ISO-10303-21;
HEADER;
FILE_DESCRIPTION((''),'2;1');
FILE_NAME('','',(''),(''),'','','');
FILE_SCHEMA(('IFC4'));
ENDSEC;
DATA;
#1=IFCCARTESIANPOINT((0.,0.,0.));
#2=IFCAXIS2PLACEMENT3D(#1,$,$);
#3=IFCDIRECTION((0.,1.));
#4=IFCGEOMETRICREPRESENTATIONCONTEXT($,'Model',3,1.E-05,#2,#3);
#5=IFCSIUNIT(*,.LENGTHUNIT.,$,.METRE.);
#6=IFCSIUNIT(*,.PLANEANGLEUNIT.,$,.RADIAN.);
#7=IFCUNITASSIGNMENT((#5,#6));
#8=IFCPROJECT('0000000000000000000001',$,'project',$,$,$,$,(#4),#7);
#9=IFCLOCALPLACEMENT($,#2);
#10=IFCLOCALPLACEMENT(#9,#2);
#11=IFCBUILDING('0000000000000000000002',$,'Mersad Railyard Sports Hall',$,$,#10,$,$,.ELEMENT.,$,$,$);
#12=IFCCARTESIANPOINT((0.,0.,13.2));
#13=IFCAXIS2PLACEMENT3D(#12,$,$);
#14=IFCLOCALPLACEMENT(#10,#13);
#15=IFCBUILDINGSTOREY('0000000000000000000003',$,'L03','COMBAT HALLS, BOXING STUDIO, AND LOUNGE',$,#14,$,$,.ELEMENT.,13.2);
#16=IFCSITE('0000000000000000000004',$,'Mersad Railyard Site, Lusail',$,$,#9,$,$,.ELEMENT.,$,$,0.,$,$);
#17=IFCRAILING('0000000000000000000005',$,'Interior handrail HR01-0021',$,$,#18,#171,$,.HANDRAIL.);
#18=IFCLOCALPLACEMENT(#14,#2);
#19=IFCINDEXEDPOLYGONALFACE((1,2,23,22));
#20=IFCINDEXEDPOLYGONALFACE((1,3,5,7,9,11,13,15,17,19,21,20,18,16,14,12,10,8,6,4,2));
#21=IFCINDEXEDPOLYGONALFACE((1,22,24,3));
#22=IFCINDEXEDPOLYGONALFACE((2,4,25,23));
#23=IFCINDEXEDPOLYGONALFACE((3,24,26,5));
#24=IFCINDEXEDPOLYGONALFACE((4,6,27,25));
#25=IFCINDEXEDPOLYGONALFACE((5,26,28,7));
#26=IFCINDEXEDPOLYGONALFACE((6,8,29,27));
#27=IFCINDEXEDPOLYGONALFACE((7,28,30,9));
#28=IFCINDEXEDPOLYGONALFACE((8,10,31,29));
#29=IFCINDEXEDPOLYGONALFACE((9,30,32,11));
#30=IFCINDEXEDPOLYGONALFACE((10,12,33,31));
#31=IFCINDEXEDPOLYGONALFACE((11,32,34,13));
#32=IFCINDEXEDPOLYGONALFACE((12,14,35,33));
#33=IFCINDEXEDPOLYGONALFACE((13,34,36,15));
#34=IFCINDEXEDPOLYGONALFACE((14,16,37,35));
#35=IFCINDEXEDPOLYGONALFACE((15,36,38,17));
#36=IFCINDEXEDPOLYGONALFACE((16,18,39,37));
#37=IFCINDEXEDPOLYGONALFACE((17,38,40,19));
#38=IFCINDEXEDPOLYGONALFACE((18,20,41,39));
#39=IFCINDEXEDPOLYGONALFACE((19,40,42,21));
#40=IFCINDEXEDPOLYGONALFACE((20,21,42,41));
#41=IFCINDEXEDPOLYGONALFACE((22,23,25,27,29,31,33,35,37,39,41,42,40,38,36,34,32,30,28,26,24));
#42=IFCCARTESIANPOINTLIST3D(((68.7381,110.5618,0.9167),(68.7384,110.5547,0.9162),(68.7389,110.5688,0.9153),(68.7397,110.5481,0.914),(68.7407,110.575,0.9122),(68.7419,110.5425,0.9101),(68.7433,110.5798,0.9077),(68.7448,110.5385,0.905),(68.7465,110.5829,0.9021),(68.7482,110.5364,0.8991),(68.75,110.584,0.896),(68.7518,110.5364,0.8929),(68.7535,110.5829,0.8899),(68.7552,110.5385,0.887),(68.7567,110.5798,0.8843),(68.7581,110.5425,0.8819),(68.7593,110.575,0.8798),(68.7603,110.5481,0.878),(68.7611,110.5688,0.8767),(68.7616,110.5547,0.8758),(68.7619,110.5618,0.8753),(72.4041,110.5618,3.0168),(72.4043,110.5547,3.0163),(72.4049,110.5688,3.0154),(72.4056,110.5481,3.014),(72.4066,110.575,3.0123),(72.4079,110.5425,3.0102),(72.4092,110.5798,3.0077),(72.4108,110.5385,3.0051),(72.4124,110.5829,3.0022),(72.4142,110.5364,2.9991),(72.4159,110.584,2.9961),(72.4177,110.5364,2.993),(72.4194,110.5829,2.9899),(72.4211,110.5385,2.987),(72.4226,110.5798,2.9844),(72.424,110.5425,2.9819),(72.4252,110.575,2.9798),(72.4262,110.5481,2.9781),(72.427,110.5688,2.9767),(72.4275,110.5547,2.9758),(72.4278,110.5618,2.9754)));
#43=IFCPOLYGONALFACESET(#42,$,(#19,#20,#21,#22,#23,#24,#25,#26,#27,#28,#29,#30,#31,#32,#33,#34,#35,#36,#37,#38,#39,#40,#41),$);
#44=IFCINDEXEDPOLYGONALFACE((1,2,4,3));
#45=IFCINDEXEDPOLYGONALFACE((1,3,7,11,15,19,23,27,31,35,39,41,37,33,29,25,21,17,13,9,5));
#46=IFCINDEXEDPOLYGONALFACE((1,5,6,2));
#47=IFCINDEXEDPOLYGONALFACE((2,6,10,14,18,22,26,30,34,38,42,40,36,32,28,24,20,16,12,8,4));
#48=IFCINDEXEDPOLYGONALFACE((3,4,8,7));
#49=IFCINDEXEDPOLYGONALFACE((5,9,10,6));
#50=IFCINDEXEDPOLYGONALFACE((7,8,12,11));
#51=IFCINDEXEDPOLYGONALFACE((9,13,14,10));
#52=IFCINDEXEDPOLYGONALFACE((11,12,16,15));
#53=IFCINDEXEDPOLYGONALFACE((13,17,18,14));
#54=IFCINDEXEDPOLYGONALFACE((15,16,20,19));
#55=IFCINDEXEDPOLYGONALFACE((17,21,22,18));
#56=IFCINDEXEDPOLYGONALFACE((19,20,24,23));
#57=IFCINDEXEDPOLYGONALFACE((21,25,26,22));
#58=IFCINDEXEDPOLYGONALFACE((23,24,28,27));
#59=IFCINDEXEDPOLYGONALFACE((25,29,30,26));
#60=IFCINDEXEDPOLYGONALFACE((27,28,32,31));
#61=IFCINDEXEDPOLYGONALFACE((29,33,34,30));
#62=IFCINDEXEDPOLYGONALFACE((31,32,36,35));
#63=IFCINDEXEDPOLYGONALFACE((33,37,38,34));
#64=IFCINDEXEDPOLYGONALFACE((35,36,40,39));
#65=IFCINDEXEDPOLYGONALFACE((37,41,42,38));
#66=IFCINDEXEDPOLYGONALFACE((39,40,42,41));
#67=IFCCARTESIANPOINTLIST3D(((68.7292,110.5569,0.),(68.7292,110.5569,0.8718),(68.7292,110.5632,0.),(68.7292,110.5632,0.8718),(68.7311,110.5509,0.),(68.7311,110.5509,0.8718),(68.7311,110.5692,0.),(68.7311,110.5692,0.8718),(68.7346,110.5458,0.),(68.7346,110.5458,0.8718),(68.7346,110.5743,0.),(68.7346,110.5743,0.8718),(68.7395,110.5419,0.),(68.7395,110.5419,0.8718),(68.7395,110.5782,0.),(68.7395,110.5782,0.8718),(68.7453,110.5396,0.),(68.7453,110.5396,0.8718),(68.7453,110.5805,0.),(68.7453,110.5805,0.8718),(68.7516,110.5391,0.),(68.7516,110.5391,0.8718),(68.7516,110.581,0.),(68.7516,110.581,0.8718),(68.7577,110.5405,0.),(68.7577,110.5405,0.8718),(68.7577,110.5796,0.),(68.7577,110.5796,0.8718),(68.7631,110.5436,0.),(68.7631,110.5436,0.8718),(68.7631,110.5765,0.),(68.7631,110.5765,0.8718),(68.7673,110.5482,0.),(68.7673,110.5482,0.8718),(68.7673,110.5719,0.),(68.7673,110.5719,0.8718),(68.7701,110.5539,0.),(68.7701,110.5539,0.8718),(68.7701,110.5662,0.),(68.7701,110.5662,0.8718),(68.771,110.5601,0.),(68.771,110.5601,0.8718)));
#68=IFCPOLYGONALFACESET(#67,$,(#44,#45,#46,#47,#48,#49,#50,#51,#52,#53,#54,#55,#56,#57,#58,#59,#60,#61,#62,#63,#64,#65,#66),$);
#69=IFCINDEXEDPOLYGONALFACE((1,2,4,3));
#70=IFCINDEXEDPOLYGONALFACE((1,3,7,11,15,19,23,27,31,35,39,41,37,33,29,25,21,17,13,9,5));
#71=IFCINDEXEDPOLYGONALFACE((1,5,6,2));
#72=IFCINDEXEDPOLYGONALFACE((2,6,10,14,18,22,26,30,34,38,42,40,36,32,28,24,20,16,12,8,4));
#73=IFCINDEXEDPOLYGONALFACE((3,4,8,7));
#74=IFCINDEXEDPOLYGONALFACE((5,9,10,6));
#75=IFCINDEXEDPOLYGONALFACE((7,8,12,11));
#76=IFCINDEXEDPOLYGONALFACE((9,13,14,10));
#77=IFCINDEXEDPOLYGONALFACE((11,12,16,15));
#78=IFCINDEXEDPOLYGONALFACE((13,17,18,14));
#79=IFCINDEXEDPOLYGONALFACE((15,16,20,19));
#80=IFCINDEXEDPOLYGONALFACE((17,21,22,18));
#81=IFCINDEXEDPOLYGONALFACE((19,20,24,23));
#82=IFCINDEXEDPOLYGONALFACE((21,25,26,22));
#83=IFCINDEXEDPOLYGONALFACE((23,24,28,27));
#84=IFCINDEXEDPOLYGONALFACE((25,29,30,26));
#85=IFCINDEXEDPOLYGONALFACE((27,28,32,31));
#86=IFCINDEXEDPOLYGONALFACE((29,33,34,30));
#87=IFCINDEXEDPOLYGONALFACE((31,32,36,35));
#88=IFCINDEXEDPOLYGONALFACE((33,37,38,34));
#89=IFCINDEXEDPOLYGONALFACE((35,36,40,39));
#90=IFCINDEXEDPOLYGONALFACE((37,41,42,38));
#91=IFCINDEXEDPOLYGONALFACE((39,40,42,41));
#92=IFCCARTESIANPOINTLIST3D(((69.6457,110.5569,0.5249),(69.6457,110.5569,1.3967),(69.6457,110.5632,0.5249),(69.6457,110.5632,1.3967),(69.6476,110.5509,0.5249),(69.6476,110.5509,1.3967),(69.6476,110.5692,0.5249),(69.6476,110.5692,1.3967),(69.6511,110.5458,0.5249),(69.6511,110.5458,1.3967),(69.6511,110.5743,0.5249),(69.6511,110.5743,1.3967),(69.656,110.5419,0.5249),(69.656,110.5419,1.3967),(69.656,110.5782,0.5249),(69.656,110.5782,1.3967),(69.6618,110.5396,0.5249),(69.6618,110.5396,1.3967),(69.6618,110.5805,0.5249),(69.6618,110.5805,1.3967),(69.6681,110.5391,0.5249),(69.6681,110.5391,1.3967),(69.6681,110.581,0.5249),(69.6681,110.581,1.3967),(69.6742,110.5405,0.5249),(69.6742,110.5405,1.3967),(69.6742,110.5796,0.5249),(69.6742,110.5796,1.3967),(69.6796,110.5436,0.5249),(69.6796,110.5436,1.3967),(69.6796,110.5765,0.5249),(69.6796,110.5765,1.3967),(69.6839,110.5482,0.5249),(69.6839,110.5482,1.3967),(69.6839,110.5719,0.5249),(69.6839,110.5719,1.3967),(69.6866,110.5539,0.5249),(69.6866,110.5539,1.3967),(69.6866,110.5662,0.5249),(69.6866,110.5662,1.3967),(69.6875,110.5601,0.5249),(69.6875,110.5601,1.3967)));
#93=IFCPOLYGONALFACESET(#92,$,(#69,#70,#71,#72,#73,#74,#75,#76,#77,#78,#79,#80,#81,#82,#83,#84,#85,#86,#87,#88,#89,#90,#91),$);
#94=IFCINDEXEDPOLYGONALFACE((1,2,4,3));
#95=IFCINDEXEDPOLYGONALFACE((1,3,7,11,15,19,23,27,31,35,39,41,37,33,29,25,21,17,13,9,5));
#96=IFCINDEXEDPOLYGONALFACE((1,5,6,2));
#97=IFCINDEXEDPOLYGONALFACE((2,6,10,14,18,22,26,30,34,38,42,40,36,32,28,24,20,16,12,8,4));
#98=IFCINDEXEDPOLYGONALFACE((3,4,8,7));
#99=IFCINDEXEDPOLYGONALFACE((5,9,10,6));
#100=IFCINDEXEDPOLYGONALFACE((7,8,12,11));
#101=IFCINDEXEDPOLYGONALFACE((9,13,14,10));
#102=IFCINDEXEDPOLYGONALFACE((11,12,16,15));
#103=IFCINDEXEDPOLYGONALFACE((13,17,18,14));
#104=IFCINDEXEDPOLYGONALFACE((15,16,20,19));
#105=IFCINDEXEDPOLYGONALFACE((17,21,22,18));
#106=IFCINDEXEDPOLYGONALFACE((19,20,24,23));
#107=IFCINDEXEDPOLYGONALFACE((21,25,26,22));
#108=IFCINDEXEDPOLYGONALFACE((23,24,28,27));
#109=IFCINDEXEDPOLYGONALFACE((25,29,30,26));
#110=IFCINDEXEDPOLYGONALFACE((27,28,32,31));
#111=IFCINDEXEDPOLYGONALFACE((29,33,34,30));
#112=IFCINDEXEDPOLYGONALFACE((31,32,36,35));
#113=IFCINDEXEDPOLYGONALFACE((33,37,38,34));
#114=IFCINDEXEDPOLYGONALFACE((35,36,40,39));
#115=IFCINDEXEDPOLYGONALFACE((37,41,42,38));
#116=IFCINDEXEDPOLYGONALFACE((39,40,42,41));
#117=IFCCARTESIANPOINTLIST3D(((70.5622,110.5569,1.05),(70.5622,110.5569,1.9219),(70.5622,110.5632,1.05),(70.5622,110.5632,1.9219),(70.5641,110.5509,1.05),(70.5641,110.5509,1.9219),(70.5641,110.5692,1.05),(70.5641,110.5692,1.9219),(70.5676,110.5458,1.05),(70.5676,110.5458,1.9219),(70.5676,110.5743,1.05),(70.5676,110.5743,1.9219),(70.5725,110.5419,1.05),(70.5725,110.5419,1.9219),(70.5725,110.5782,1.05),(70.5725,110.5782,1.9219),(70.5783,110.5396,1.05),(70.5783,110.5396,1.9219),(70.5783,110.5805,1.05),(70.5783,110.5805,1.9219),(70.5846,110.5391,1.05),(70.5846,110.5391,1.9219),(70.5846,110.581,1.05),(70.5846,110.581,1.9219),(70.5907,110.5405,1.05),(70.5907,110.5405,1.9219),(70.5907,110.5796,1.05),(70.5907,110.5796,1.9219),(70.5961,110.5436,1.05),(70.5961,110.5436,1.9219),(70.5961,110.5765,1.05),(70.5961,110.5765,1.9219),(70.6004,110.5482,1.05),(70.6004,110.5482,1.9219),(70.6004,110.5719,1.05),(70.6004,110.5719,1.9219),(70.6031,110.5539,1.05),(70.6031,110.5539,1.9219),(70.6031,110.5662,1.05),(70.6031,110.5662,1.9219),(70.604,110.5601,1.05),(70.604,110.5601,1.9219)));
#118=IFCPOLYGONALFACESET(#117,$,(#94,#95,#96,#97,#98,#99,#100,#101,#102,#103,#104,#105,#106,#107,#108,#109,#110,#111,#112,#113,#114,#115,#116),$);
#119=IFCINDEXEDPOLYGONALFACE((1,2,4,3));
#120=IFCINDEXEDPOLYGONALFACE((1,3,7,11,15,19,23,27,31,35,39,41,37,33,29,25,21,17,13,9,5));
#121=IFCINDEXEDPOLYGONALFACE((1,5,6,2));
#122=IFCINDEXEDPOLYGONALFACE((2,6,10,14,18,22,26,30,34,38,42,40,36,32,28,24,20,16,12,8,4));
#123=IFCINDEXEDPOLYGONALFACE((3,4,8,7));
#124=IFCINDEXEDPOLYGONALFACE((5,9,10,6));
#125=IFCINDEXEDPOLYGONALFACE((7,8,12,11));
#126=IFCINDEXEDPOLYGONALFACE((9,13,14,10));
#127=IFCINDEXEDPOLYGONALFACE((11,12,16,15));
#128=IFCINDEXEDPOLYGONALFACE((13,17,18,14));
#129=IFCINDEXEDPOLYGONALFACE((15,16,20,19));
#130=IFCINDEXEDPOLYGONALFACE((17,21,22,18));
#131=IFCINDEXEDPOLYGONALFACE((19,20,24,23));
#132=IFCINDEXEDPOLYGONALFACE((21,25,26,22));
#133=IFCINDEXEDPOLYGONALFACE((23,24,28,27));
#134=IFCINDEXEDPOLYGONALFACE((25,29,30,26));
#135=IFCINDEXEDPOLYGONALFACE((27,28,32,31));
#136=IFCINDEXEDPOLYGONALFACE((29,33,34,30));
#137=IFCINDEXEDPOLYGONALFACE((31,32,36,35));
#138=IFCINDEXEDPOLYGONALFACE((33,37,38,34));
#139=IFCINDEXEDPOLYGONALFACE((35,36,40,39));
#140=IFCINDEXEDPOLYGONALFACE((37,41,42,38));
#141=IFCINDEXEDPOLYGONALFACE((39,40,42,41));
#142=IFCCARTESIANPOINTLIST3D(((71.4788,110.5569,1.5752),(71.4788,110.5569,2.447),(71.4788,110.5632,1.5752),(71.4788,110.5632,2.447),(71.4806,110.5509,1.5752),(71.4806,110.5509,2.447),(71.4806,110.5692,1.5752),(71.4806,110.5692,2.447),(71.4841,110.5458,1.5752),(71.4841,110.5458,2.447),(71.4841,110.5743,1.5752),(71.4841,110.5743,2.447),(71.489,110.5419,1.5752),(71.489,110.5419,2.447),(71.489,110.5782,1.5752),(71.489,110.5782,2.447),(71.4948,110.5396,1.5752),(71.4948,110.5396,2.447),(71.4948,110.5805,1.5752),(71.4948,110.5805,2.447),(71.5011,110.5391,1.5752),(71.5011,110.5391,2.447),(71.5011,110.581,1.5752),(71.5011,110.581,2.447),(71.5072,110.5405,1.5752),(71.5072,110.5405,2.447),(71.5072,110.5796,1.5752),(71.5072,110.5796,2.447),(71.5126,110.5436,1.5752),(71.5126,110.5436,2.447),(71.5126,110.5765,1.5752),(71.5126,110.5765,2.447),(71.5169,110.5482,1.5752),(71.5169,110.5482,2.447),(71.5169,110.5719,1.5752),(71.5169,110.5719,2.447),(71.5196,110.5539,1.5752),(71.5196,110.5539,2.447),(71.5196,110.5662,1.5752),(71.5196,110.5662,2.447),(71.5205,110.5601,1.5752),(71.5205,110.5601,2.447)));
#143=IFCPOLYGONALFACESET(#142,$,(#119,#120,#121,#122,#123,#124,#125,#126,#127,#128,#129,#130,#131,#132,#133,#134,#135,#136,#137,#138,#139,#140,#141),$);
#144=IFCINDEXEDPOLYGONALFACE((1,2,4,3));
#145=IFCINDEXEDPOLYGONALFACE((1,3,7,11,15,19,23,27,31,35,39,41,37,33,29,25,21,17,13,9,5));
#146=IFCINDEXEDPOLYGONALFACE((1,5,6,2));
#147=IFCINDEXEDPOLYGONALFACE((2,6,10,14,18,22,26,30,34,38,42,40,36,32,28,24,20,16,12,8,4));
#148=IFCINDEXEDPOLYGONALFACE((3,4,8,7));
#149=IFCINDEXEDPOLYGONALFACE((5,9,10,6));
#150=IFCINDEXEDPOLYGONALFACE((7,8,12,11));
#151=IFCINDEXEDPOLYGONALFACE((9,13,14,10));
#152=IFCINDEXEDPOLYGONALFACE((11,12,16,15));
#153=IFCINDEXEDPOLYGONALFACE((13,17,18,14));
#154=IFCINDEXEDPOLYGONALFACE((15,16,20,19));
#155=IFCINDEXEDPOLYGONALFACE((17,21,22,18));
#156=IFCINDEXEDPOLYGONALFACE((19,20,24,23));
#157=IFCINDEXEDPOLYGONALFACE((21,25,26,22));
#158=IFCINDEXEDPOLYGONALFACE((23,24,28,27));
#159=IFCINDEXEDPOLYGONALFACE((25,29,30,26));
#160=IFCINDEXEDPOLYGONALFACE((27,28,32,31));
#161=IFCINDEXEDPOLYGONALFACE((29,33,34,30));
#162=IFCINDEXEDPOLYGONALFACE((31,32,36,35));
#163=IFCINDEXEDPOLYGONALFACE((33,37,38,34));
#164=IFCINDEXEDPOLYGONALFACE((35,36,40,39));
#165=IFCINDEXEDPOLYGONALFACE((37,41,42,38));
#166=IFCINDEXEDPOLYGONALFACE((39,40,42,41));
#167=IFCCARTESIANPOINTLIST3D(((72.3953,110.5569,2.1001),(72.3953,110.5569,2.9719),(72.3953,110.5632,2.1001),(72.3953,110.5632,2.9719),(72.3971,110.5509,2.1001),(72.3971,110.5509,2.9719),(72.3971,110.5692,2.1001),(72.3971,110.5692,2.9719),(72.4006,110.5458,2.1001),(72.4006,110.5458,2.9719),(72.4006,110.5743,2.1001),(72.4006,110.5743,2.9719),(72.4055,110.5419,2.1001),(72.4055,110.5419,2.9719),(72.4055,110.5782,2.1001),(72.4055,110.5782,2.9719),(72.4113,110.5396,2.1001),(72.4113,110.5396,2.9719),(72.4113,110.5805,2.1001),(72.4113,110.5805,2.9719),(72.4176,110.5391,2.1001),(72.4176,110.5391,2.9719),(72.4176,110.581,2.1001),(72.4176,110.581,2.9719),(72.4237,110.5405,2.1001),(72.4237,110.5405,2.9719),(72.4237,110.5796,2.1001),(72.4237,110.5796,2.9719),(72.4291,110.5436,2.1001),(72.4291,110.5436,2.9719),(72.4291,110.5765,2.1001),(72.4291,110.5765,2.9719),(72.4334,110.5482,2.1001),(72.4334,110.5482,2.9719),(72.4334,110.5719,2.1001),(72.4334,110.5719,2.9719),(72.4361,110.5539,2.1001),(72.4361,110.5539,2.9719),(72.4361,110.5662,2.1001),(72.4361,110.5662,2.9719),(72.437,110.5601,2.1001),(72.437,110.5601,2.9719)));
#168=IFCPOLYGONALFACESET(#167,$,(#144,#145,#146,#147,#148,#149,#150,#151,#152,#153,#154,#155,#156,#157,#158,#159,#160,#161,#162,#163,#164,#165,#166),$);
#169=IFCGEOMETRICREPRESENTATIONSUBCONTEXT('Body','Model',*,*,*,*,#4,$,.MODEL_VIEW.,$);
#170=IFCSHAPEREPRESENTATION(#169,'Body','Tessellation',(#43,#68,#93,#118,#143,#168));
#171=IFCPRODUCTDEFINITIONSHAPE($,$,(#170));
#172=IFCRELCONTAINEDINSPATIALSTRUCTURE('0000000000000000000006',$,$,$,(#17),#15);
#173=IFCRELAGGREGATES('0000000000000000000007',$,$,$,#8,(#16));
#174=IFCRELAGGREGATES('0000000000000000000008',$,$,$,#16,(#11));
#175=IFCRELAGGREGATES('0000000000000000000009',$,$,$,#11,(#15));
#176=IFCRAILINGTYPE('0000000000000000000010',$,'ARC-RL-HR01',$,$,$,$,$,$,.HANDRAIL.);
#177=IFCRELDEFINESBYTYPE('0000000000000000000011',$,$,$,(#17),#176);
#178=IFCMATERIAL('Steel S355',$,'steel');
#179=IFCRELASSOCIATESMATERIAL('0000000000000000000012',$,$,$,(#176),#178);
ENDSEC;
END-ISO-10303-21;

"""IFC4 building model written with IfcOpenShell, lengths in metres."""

from ifc_helpers import new_model, si_unit, direction, frame, origin, origin_2d, place, context, subcontext, project, spatial, circle, extrude, material, type_object, element, save


model = new_model("IFC4")

# Units and contexts
model_context = context("Model", 3, precision=1e-05, world=origin(), true_north=direction((0.0, 1.0)))
body_context = subcontext(model_context, "Body", "Model", "MODEL_VIEW")
ifc_project = project(units=[si_unit("LENGTHUNIT", "METRE"), si_unit("PLANEANGLEUNIT", "RADIAN")], contexts=[model_context])

# Site, building, storey
site_placement = place(None, origin())
site = spatial("IfcSite", under=ifc_project, at=site_placement, Name="Mersad Railyard Site, Lusail", CompositionType="ELEMENT", RefElevation=0.0)
building_placement = place(site_placement, origin())
building = spatial("IfcBuilding", under=site, at=building_placement, Name="Mersad Railyard Sports Hall", CompositionType="ELEMENT")
storey_placement = place(building_placement, frame((0.0, 0.0, 13.2)))
storey = spatial("IfcBuildingStorey", under=building, at=storey_placement, Name="L03", Description="COMBAT HALLS, BOXING STUDIO, AND LOUNGE", CompositionType="ELEMENT", Elevation=13.2)

# Shared definitions
ifc_material_1 = material(Name="Steel S355", Category="steel")

# Railing
railing_type_1 = type_object("IfcRailingType", Name="ARC-RL-HR01", PredefinedType="HANDRAIL", material=ifc_material_1)
railing_1_placement = place(storey_placement, frame((68.75, 110.5601, 0.0)))
element("IfcRailing", 1, at=railing_1_placement, inside=storey, type_object=railing_type_1, Name="Interior handrail HR01-0021", PredefinedType="HANDRAIL", context=body_context, shape_type="SweptSolid", body=[
    extrude(circle(Radius=0.0239, at=origin_2d()), frame((0.0, 0.0, 0.896), z_axis=(0.867709, 0.0, 0.497072), x_axis=(0.0, 1.0, 0.0)), (0.0, 0.0, 1.0), 4.2249),
    extrude(circle(Radius=0.021, at=origin_2d()), origin(), (0.0, 0.0, 1.0), 0.8718),
    extrude(circle(Radius=0.021, at=origin_2d()), frame((0.9165, 0.0, 0.5249)), (0.0, 0.0, 1.0), 0.8718),
    extrude(circle(Radius=0.021, at=origin_2d()), frame((1.833, 0.0, 1.05)), (0.0, 0.0, 1.0), 0.8718),
    extrude(circle(Radius=0.021, at=origin_2d()), frame((2.7495, 0.0, 1.5752)), (0.0, 0.0, 1.0), 0.8718),
    extrude(circle(Radius=0.021, at=origin_2d()), frame((3.666, 0.0, 2.1001)), (0.0, 0.0, 1.0), 0.8718),
])

save(model, "model.ifc")
